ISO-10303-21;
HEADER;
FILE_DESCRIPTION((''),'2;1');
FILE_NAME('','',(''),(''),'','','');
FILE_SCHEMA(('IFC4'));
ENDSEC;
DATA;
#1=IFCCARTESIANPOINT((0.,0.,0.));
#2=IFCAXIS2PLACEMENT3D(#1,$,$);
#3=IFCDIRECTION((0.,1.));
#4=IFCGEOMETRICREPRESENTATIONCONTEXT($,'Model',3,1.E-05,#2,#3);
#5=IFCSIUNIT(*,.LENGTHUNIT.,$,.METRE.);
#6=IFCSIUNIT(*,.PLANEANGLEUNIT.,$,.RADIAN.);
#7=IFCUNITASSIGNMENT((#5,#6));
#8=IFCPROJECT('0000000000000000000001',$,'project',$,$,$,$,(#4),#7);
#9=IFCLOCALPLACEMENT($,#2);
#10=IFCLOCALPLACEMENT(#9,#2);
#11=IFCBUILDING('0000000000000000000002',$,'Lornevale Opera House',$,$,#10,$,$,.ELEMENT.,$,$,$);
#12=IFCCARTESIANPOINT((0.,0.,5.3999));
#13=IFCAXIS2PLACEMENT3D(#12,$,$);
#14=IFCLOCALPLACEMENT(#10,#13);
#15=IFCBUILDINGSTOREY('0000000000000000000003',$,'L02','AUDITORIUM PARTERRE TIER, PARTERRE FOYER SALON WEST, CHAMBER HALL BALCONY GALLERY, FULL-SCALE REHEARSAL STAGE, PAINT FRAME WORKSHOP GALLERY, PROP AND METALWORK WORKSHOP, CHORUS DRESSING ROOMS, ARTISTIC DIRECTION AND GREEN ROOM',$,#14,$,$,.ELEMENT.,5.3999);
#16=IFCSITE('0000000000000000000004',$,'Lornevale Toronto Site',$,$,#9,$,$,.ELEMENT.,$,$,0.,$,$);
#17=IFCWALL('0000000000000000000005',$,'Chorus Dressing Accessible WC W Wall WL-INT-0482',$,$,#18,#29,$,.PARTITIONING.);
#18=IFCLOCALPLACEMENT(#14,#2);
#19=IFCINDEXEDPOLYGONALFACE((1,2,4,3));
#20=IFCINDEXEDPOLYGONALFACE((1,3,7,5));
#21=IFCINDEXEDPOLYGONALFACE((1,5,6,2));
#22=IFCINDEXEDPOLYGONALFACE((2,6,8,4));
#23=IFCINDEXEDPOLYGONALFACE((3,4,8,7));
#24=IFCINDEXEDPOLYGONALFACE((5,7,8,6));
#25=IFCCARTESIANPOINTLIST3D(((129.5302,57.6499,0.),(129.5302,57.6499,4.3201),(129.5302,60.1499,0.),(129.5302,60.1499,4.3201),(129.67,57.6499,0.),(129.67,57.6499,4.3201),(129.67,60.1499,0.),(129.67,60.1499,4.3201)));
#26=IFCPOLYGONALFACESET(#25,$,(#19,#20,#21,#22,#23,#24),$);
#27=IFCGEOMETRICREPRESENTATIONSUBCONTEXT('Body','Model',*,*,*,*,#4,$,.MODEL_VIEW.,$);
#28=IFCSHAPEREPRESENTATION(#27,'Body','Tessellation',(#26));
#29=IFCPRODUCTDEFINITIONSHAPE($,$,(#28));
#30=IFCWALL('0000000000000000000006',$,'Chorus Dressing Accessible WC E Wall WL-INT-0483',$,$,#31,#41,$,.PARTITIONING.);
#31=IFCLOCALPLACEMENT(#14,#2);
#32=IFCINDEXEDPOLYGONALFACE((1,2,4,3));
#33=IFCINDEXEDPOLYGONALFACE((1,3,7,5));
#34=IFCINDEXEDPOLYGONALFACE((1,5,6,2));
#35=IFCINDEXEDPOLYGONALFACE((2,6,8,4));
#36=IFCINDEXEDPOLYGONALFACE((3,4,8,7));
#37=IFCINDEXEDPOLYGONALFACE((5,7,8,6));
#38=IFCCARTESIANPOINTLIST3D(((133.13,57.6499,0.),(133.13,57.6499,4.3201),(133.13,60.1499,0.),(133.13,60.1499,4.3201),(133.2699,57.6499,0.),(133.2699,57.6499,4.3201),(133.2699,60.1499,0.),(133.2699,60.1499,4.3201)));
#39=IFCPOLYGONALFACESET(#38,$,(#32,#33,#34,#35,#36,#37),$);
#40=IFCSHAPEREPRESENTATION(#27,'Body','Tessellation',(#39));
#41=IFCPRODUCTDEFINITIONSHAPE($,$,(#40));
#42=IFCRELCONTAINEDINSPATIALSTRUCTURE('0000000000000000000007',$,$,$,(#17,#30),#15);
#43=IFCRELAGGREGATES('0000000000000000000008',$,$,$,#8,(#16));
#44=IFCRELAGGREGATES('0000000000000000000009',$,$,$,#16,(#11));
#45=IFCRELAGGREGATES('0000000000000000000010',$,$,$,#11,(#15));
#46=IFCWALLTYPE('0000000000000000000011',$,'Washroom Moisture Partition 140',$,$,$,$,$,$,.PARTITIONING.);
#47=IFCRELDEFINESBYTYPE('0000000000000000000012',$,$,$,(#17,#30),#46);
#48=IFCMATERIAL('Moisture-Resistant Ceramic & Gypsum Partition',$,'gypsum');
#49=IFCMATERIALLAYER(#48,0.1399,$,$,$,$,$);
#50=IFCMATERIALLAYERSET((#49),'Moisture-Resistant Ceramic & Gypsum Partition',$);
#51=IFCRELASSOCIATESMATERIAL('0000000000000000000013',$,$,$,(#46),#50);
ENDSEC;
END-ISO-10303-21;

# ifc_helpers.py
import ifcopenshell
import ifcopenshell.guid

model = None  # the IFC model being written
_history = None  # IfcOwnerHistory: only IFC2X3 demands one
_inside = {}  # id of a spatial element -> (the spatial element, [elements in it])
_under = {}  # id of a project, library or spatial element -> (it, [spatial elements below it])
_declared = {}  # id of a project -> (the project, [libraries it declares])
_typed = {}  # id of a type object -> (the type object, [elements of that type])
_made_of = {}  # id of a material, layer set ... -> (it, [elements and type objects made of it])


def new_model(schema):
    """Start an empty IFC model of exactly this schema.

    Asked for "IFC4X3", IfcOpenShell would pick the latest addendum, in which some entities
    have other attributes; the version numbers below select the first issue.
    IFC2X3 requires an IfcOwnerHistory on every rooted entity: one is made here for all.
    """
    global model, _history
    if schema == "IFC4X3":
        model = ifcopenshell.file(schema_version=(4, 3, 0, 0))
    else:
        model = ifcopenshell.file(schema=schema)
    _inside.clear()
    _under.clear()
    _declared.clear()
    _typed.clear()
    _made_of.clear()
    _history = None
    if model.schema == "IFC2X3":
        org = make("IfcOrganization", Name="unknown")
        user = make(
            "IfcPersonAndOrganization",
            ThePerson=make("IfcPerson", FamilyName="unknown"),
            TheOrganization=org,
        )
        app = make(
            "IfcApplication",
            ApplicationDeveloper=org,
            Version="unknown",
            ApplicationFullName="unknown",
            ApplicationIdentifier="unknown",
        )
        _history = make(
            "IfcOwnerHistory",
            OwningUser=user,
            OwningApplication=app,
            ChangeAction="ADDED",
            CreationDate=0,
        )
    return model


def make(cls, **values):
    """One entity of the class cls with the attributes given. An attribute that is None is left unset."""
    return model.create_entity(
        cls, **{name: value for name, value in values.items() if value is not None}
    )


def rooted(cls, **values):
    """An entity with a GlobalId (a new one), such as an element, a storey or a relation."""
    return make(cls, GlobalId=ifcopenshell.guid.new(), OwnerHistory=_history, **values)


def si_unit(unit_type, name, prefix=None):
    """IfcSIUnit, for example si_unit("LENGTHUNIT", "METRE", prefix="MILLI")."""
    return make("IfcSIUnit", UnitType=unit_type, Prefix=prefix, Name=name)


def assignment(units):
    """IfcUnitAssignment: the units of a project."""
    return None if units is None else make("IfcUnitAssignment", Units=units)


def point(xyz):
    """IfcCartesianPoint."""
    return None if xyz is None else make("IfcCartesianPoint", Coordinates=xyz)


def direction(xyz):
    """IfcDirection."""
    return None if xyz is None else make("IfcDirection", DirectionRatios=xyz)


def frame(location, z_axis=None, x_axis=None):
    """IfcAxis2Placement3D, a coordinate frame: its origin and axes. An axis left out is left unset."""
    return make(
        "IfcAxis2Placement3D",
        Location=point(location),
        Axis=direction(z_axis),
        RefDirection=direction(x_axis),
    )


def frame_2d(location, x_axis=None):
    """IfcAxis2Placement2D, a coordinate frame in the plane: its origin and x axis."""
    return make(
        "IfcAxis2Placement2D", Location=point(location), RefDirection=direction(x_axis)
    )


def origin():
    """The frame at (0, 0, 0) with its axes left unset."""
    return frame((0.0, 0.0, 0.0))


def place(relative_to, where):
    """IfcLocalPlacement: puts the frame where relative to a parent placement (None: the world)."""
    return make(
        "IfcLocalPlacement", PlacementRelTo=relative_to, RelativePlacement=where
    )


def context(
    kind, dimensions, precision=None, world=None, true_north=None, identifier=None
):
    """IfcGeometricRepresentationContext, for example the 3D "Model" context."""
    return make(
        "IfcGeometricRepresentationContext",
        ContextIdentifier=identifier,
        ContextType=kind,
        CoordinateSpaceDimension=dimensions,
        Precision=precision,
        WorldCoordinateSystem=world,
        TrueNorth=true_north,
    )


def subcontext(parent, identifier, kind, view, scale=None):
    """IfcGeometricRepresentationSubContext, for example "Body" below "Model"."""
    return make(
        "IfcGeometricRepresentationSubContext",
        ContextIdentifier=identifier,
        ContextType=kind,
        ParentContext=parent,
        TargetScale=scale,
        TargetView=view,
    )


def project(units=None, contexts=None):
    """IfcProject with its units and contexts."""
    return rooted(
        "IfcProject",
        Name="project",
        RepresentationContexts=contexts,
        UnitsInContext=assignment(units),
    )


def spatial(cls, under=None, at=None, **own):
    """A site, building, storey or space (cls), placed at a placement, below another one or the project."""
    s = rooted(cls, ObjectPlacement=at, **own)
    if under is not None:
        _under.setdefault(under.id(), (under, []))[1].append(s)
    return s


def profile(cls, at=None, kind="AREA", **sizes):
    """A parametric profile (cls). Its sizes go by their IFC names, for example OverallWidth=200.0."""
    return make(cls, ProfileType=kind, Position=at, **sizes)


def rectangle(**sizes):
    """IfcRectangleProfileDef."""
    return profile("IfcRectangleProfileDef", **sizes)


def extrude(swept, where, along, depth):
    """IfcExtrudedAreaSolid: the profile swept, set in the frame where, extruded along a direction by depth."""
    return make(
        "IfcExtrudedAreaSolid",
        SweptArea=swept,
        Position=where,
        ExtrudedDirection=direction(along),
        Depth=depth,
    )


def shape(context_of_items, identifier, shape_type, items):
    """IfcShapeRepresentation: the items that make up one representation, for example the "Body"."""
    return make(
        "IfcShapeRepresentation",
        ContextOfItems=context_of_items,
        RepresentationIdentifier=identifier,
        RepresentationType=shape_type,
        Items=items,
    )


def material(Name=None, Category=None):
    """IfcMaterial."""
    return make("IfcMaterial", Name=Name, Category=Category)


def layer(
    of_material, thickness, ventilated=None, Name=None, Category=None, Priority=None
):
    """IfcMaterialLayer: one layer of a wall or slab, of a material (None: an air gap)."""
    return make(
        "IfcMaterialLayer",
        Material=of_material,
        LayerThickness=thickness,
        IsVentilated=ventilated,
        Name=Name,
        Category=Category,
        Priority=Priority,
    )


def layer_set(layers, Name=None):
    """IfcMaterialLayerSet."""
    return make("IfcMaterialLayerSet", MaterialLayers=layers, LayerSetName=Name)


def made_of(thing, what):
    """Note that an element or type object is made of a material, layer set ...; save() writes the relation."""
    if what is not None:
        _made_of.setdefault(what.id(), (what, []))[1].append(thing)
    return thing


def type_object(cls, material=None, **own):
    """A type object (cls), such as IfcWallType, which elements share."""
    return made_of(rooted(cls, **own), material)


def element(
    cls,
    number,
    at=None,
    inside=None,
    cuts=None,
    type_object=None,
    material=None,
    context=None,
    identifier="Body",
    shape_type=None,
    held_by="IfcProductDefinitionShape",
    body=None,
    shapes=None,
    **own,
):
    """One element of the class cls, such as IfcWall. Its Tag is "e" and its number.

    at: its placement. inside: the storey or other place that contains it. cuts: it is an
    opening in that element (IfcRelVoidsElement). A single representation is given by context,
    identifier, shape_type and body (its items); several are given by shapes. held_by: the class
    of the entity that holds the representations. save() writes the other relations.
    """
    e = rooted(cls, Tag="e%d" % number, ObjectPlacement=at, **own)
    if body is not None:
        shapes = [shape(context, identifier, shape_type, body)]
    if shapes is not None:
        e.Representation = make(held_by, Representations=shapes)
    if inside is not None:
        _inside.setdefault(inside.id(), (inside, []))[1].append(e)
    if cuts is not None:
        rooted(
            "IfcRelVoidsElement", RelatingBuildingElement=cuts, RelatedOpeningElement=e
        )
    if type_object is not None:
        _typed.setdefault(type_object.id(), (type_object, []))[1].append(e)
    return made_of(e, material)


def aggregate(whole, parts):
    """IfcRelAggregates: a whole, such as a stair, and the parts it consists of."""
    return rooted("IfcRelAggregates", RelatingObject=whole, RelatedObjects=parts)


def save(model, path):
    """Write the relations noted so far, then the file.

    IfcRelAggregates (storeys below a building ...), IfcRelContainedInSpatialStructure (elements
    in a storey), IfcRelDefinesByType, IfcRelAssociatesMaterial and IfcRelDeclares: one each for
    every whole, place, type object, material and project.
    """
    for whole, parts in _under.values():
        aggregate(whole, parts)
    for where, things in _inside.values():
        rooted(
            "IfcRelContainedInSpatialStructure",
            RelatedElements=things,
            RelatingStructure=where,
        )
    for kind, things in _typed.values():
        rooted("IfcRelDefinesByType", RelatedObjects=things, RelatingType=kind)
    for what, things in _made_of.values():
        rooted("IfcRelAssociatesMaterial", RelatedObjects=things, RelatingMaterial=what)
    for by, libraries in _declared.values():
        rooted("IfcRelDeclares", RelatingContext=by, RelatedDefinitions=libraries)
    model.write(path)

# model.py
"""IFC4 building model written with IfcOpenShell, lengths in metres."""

from ifc_helpers import new_model, si_unit, direction, frame, frame_2d, origin, place, context, subcontext, project, spatial, rectangle, extrude, material, layer, layer_set, type_object, element, save


model = new_model("IFC4")

# Units and contexts
model_context = context("Model", 3, precision=1e-05, world=origin(), true_north=direction((0.0, 1.0)))
body_context = subcontext(model_context, "Body", "Model", "MODEL_VIEW")
ifc_project = project(units=[si_unit("LENGTHUNIT", "METRE"), si_unit("PLANEANGLEUNIT", "RADIAN")], contexts=[model_context])

# Site, building, storey
site_placement = place(None, origin())
site = spatial("IfcSite", under=ifc_project, at=site_placement, Name="Lornevale Toronto Site", CompositionType="ELEMENT", RefElevation=0.0)
building_placement = place(site_placement, origin())
building = spatial("IfcBuilding", under=site, at=building_placement, Name="Lornevale Opera House", CompositionType="ELEMENT")
storey_placement = place(building_placement, frame((0.0, 0.0, 5.3999)))
storey = spatial("IfcBuildingStorey", under=building, at=storey_placement, Name="L02", Description="AUDITORIUM PARTERRE TIER, PARTERRE FOYER SALON WEST, CHAMBER HALL BALCONY GALLERY, FULL-SCALE REHEARSAL STAGE, PAINT FRAME WORKSHOP GALLERY, PROP AND METALWORK WORKSHOP, CHORUS DRESSING ROOMS, ARTISTIC DIRECTION AND GREEN ROOM", CompositionType="ELEMENT", Elevation=5.3999)

# Shared definitions
ifc_material_1 = material(Name="Moisture-Resistant Ceramic & Gypsum Partition", Category="gypsum")
ifc_layer_1 = layer(ifc_material_1, 0.1399)
ifc_layer_set_1 = layer_set([ifc_layer_1], Name="Moisture-Resistant Ceramic & Gypsum Partition")
wall_type_1 = type_object("IfcWallType", Name="Washroom Moisture Partition 140", PredefinedType="PARTITIONING", material=ifc_layer_set_1)

# Walls
for number, where, z_axis, x_axis, name in (
    (1, (129.6001, 57.6499, 0.0), (0.0, 0.0, 1.0), (0.0, 1.0, 0.0), "Chorus Dressing Accessible WC W Wall WL-INT-0482"),
    (2, (133.2, 57.6499, 0.0), (0.0, 0.0, 1.0), (0.0, 1.0, 0.0), "Chorus Dressing Accessible WC E Wall WL-INT-0483"),
):
    element("IfcWall", number, at=place(storey_placement, frame(where, z_axis=z_axis, x_axis=x_axis)), inside=storey, type_object=wall_type_1, Name=name, PredefinedType="PARTITIONING", context=body_context, shape_type="SweptSolid", body=[
        extrude(rectangle(XDim=2.5, YDim=0.1399, at=frame_2d((1.25, 0.0))), origin(), (0.0, 0.0, 1.0), 4.3201),
    ])

save(model, "model.ifc")
